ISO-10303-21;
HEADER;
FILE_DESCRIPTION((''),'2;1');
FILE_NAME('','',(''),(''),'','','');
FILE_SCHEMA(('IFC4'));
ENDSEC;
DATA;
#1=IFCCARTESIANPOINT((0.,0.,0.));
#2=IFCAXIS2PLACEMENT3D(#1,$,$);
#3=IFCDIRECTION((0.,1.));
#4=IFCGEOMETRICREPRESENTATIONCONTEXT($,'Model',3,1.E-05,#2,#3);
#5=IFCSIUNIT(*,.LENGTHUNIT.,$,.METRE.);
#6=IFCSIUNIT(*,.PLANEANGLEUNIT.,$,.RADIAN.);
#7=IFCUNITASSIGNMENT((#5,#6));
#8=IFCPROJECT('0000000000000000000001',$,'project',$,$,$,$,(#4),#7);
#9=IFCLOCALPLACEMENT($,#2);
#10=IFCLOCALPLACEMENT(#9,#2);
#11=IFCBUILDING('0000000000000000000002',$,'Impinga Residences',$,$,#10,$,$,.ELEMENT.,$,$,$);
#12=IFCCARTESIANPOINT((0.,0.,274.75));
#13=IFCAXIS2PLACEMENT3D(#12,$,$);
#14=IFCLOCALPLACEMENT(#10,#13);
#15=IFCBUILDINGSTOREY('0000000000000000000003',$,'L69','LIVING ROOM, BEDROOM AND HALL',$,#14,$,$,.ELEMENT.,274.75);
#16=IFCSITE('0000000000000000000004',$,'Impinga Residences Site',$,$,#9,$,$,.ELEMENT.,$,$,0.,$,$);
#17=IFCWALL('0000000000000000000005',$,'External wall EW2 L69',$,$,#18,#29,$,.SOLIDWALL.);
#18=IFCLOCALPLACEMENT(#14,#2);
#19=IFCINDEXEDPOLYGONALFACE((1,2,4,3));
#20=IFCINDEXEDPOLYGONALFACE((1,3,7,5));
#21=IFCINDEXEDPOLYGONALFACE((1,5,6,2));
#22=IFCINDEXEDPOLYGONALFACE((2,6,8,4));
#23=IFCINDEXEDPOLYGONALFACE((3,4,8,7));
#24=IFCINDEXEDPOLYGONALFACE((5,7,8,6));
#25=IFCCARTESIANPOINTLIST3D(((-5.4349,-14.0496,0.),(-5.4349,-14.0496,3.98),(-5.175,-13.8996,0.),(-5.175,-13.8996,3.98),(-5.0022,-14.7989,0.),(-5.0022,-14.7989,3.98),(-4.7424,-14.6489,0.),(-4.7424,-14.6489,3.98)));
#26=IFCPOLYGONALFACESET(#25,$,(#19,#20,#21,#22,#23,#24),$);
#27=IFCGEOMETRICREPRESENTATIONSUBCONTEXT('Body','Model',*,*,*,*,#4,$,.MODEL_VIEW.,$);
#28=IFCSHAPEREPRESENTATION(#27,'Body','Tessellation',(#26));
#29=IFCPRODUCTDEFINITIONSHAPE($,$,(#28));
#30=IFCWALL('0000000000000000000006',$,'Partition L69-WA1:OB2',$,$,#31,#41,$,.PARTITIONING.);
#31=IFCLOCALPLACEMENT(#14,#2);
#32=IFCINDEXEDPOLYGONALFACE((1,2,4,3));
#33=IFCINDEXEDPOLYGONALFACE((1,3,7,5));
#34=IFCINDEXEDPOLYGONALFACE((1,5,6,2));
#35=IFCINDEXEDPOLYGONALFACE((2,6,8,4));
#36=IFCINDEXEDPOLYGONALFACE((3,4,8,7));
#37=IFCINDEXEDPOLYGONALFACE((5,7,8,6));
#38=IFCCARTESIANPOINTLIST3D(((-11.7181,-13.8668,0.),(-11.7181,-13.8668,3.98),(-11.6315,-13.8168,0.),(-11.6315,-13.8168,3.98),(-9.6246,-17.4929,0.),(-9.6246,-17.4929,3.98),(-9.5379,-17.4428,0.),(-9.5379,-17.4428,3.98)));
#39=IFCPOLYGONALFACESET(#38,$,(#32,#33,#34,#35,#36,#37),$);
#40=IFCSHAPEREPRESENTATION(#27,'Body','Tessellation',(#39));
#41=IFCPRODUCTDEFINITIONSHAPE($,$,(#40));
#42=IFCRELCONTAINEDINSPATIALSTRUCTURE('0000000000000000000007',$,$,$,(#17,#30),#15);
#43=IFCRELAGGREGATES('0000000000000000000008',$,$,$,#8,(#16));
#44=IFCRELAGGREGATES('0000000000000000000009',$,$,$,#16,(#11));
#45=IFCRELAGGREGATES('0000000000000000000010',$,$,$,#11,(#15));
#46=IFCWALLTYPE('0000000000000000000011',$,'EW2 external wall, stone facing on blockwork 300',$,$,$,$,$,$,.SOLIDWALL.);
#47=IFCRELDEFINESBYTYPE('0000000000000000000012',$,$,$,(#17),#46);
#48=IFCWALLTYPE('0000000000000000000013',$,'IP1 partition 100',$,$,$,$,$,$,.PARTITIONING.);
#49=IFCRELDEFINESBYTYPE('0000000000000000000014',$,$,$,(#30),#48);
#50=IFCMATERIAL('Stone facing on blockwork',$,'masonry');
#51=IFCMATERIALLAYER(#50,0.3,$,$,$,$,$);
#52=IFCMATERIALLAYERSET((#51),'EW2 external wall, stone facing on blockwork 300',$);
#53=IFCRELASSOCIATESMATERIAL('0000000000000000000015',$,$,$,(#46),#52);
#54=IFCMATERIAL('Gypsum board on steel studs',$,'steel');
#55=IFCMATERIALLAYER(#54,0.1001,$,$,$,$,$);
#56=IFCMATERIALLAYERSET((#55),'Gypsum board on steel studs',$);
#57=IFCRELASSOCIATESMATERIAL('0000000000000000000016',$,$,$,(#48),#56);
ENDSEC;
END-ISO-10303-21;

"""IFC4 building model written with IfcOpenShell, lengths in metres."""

from ifc_helpers import new_model, si_unit, direction, frame, frame_2d, origin, place, context, subcontext, project, spatial, rectangle, extrude, material, layer, layer_set, type_object, element, save


model = new_model("IFC4")

# Units and contexts
model_context = context("Model", 3, precision=1e-05, world=origin(), true_north=direction((0.0, 1.0)))
body_context = subcontext(model_context, "Body", "Model", "MODEL_VIEW")
ifc_project = project(units=[si_unit("LENGTHUNIT", "METRE"), si_unit("PLANEANGLEUNIT", "RADIAN")], contexts=[model_context])

# Site, building, storey
site_placement = place(None, origin())
site = spatial("IfcSite", under=ifc_project, at=site_placement, Name="Impinga Residences Site", CompositionType="ELEMENT", RefElevation=0.0)
building_placement = place(site_placement, origin())
building = spatial("IfcBuilding", under=site, at=building_placement, Name="Impinga Residences", CompositionType="ELEMENT")
storey_placement = place(building_placement, frame((0.0, 0.0, 274.75)))
storey = spatial("IfcBuildingStorey", under=building, at=storey_placement, Name="L69", Description="LIVING ROOM, BEDROOM AND HALL", CompositionType="ELEMENT", Elevation=274.75)

# Walls
ifc_material_1 = material(Name="Stone facing on blockwork", Category="masonry")
ifc_layer_1 = layer(ifc_material_1, 0.3)
ifc_layer_set_1 = layer_set([ifc_layer_1], Name="EW2 external wall, stone facing on blockwork 300")
wall_type_1 = type_object("IfcWallType", Name="EW2 external wall, stone facing on blockwork 300", PredefinedType="SOLIDWALL", material=ifc_layer_set_1)
wall_1_placement = place(storey_placement, frame((-5.3049, -13.9746, 0.0), z_axis=(0.0, 0.0, 1.0), x_axis=(0.500024, -0.866012, 0.0)))
element("IfcWall", 1, at=wall_1_placement, inside=storey, type_object=wall_type_1, Name="External wall EW2 L69", PredefinedType="SOLIDWALL", context=body_context, shape_type="SweptSolid", body=[
    extrude(rectangle(XDim=0.8652, YDim=0.3, at=frame_2d((0.4326, 0.0))), origin(), (0.0, 0.0, 1.0), 3.98),
])
ifc_material_2 = material(Name="Gypsum board on steel studs", Category="steel")
ifc_layer_2 = layer(ifc_material_2, 0.1001)
ifc_layer_set_2 = layer_set([ifc_layer_2], Name="Gypsum board on steel studs")
wall_type_2 = type_object("IfcWallType", Name="IP1 partition 100", PredefinedType="PARTITIONING", material=ifc_layer_set_2)
wall_2_placement = place(storey_placement, frame((-11.6748, -13.8418, 0.0), z_axis=(0.0, 0.0, 1.0), x_axis=(0.500008, -0.866021, 0.0)))
element("IfcWall", 2, at=wall_2_placement, inside=storey, type_object=wall_type_2, Name="Partition L69-WA1:OB2", PredefinedType="PARTITIONING", context=body_context, shape_type="SweptSolid", body=[
    extrude(rectangle(XDim=4.187, YDim=0.1001, at=frame_2d((2.0935, 0.0))), origin(), (0.0, 0.0, 1.0), 3.98),
])

save(model, "model.ifc")
